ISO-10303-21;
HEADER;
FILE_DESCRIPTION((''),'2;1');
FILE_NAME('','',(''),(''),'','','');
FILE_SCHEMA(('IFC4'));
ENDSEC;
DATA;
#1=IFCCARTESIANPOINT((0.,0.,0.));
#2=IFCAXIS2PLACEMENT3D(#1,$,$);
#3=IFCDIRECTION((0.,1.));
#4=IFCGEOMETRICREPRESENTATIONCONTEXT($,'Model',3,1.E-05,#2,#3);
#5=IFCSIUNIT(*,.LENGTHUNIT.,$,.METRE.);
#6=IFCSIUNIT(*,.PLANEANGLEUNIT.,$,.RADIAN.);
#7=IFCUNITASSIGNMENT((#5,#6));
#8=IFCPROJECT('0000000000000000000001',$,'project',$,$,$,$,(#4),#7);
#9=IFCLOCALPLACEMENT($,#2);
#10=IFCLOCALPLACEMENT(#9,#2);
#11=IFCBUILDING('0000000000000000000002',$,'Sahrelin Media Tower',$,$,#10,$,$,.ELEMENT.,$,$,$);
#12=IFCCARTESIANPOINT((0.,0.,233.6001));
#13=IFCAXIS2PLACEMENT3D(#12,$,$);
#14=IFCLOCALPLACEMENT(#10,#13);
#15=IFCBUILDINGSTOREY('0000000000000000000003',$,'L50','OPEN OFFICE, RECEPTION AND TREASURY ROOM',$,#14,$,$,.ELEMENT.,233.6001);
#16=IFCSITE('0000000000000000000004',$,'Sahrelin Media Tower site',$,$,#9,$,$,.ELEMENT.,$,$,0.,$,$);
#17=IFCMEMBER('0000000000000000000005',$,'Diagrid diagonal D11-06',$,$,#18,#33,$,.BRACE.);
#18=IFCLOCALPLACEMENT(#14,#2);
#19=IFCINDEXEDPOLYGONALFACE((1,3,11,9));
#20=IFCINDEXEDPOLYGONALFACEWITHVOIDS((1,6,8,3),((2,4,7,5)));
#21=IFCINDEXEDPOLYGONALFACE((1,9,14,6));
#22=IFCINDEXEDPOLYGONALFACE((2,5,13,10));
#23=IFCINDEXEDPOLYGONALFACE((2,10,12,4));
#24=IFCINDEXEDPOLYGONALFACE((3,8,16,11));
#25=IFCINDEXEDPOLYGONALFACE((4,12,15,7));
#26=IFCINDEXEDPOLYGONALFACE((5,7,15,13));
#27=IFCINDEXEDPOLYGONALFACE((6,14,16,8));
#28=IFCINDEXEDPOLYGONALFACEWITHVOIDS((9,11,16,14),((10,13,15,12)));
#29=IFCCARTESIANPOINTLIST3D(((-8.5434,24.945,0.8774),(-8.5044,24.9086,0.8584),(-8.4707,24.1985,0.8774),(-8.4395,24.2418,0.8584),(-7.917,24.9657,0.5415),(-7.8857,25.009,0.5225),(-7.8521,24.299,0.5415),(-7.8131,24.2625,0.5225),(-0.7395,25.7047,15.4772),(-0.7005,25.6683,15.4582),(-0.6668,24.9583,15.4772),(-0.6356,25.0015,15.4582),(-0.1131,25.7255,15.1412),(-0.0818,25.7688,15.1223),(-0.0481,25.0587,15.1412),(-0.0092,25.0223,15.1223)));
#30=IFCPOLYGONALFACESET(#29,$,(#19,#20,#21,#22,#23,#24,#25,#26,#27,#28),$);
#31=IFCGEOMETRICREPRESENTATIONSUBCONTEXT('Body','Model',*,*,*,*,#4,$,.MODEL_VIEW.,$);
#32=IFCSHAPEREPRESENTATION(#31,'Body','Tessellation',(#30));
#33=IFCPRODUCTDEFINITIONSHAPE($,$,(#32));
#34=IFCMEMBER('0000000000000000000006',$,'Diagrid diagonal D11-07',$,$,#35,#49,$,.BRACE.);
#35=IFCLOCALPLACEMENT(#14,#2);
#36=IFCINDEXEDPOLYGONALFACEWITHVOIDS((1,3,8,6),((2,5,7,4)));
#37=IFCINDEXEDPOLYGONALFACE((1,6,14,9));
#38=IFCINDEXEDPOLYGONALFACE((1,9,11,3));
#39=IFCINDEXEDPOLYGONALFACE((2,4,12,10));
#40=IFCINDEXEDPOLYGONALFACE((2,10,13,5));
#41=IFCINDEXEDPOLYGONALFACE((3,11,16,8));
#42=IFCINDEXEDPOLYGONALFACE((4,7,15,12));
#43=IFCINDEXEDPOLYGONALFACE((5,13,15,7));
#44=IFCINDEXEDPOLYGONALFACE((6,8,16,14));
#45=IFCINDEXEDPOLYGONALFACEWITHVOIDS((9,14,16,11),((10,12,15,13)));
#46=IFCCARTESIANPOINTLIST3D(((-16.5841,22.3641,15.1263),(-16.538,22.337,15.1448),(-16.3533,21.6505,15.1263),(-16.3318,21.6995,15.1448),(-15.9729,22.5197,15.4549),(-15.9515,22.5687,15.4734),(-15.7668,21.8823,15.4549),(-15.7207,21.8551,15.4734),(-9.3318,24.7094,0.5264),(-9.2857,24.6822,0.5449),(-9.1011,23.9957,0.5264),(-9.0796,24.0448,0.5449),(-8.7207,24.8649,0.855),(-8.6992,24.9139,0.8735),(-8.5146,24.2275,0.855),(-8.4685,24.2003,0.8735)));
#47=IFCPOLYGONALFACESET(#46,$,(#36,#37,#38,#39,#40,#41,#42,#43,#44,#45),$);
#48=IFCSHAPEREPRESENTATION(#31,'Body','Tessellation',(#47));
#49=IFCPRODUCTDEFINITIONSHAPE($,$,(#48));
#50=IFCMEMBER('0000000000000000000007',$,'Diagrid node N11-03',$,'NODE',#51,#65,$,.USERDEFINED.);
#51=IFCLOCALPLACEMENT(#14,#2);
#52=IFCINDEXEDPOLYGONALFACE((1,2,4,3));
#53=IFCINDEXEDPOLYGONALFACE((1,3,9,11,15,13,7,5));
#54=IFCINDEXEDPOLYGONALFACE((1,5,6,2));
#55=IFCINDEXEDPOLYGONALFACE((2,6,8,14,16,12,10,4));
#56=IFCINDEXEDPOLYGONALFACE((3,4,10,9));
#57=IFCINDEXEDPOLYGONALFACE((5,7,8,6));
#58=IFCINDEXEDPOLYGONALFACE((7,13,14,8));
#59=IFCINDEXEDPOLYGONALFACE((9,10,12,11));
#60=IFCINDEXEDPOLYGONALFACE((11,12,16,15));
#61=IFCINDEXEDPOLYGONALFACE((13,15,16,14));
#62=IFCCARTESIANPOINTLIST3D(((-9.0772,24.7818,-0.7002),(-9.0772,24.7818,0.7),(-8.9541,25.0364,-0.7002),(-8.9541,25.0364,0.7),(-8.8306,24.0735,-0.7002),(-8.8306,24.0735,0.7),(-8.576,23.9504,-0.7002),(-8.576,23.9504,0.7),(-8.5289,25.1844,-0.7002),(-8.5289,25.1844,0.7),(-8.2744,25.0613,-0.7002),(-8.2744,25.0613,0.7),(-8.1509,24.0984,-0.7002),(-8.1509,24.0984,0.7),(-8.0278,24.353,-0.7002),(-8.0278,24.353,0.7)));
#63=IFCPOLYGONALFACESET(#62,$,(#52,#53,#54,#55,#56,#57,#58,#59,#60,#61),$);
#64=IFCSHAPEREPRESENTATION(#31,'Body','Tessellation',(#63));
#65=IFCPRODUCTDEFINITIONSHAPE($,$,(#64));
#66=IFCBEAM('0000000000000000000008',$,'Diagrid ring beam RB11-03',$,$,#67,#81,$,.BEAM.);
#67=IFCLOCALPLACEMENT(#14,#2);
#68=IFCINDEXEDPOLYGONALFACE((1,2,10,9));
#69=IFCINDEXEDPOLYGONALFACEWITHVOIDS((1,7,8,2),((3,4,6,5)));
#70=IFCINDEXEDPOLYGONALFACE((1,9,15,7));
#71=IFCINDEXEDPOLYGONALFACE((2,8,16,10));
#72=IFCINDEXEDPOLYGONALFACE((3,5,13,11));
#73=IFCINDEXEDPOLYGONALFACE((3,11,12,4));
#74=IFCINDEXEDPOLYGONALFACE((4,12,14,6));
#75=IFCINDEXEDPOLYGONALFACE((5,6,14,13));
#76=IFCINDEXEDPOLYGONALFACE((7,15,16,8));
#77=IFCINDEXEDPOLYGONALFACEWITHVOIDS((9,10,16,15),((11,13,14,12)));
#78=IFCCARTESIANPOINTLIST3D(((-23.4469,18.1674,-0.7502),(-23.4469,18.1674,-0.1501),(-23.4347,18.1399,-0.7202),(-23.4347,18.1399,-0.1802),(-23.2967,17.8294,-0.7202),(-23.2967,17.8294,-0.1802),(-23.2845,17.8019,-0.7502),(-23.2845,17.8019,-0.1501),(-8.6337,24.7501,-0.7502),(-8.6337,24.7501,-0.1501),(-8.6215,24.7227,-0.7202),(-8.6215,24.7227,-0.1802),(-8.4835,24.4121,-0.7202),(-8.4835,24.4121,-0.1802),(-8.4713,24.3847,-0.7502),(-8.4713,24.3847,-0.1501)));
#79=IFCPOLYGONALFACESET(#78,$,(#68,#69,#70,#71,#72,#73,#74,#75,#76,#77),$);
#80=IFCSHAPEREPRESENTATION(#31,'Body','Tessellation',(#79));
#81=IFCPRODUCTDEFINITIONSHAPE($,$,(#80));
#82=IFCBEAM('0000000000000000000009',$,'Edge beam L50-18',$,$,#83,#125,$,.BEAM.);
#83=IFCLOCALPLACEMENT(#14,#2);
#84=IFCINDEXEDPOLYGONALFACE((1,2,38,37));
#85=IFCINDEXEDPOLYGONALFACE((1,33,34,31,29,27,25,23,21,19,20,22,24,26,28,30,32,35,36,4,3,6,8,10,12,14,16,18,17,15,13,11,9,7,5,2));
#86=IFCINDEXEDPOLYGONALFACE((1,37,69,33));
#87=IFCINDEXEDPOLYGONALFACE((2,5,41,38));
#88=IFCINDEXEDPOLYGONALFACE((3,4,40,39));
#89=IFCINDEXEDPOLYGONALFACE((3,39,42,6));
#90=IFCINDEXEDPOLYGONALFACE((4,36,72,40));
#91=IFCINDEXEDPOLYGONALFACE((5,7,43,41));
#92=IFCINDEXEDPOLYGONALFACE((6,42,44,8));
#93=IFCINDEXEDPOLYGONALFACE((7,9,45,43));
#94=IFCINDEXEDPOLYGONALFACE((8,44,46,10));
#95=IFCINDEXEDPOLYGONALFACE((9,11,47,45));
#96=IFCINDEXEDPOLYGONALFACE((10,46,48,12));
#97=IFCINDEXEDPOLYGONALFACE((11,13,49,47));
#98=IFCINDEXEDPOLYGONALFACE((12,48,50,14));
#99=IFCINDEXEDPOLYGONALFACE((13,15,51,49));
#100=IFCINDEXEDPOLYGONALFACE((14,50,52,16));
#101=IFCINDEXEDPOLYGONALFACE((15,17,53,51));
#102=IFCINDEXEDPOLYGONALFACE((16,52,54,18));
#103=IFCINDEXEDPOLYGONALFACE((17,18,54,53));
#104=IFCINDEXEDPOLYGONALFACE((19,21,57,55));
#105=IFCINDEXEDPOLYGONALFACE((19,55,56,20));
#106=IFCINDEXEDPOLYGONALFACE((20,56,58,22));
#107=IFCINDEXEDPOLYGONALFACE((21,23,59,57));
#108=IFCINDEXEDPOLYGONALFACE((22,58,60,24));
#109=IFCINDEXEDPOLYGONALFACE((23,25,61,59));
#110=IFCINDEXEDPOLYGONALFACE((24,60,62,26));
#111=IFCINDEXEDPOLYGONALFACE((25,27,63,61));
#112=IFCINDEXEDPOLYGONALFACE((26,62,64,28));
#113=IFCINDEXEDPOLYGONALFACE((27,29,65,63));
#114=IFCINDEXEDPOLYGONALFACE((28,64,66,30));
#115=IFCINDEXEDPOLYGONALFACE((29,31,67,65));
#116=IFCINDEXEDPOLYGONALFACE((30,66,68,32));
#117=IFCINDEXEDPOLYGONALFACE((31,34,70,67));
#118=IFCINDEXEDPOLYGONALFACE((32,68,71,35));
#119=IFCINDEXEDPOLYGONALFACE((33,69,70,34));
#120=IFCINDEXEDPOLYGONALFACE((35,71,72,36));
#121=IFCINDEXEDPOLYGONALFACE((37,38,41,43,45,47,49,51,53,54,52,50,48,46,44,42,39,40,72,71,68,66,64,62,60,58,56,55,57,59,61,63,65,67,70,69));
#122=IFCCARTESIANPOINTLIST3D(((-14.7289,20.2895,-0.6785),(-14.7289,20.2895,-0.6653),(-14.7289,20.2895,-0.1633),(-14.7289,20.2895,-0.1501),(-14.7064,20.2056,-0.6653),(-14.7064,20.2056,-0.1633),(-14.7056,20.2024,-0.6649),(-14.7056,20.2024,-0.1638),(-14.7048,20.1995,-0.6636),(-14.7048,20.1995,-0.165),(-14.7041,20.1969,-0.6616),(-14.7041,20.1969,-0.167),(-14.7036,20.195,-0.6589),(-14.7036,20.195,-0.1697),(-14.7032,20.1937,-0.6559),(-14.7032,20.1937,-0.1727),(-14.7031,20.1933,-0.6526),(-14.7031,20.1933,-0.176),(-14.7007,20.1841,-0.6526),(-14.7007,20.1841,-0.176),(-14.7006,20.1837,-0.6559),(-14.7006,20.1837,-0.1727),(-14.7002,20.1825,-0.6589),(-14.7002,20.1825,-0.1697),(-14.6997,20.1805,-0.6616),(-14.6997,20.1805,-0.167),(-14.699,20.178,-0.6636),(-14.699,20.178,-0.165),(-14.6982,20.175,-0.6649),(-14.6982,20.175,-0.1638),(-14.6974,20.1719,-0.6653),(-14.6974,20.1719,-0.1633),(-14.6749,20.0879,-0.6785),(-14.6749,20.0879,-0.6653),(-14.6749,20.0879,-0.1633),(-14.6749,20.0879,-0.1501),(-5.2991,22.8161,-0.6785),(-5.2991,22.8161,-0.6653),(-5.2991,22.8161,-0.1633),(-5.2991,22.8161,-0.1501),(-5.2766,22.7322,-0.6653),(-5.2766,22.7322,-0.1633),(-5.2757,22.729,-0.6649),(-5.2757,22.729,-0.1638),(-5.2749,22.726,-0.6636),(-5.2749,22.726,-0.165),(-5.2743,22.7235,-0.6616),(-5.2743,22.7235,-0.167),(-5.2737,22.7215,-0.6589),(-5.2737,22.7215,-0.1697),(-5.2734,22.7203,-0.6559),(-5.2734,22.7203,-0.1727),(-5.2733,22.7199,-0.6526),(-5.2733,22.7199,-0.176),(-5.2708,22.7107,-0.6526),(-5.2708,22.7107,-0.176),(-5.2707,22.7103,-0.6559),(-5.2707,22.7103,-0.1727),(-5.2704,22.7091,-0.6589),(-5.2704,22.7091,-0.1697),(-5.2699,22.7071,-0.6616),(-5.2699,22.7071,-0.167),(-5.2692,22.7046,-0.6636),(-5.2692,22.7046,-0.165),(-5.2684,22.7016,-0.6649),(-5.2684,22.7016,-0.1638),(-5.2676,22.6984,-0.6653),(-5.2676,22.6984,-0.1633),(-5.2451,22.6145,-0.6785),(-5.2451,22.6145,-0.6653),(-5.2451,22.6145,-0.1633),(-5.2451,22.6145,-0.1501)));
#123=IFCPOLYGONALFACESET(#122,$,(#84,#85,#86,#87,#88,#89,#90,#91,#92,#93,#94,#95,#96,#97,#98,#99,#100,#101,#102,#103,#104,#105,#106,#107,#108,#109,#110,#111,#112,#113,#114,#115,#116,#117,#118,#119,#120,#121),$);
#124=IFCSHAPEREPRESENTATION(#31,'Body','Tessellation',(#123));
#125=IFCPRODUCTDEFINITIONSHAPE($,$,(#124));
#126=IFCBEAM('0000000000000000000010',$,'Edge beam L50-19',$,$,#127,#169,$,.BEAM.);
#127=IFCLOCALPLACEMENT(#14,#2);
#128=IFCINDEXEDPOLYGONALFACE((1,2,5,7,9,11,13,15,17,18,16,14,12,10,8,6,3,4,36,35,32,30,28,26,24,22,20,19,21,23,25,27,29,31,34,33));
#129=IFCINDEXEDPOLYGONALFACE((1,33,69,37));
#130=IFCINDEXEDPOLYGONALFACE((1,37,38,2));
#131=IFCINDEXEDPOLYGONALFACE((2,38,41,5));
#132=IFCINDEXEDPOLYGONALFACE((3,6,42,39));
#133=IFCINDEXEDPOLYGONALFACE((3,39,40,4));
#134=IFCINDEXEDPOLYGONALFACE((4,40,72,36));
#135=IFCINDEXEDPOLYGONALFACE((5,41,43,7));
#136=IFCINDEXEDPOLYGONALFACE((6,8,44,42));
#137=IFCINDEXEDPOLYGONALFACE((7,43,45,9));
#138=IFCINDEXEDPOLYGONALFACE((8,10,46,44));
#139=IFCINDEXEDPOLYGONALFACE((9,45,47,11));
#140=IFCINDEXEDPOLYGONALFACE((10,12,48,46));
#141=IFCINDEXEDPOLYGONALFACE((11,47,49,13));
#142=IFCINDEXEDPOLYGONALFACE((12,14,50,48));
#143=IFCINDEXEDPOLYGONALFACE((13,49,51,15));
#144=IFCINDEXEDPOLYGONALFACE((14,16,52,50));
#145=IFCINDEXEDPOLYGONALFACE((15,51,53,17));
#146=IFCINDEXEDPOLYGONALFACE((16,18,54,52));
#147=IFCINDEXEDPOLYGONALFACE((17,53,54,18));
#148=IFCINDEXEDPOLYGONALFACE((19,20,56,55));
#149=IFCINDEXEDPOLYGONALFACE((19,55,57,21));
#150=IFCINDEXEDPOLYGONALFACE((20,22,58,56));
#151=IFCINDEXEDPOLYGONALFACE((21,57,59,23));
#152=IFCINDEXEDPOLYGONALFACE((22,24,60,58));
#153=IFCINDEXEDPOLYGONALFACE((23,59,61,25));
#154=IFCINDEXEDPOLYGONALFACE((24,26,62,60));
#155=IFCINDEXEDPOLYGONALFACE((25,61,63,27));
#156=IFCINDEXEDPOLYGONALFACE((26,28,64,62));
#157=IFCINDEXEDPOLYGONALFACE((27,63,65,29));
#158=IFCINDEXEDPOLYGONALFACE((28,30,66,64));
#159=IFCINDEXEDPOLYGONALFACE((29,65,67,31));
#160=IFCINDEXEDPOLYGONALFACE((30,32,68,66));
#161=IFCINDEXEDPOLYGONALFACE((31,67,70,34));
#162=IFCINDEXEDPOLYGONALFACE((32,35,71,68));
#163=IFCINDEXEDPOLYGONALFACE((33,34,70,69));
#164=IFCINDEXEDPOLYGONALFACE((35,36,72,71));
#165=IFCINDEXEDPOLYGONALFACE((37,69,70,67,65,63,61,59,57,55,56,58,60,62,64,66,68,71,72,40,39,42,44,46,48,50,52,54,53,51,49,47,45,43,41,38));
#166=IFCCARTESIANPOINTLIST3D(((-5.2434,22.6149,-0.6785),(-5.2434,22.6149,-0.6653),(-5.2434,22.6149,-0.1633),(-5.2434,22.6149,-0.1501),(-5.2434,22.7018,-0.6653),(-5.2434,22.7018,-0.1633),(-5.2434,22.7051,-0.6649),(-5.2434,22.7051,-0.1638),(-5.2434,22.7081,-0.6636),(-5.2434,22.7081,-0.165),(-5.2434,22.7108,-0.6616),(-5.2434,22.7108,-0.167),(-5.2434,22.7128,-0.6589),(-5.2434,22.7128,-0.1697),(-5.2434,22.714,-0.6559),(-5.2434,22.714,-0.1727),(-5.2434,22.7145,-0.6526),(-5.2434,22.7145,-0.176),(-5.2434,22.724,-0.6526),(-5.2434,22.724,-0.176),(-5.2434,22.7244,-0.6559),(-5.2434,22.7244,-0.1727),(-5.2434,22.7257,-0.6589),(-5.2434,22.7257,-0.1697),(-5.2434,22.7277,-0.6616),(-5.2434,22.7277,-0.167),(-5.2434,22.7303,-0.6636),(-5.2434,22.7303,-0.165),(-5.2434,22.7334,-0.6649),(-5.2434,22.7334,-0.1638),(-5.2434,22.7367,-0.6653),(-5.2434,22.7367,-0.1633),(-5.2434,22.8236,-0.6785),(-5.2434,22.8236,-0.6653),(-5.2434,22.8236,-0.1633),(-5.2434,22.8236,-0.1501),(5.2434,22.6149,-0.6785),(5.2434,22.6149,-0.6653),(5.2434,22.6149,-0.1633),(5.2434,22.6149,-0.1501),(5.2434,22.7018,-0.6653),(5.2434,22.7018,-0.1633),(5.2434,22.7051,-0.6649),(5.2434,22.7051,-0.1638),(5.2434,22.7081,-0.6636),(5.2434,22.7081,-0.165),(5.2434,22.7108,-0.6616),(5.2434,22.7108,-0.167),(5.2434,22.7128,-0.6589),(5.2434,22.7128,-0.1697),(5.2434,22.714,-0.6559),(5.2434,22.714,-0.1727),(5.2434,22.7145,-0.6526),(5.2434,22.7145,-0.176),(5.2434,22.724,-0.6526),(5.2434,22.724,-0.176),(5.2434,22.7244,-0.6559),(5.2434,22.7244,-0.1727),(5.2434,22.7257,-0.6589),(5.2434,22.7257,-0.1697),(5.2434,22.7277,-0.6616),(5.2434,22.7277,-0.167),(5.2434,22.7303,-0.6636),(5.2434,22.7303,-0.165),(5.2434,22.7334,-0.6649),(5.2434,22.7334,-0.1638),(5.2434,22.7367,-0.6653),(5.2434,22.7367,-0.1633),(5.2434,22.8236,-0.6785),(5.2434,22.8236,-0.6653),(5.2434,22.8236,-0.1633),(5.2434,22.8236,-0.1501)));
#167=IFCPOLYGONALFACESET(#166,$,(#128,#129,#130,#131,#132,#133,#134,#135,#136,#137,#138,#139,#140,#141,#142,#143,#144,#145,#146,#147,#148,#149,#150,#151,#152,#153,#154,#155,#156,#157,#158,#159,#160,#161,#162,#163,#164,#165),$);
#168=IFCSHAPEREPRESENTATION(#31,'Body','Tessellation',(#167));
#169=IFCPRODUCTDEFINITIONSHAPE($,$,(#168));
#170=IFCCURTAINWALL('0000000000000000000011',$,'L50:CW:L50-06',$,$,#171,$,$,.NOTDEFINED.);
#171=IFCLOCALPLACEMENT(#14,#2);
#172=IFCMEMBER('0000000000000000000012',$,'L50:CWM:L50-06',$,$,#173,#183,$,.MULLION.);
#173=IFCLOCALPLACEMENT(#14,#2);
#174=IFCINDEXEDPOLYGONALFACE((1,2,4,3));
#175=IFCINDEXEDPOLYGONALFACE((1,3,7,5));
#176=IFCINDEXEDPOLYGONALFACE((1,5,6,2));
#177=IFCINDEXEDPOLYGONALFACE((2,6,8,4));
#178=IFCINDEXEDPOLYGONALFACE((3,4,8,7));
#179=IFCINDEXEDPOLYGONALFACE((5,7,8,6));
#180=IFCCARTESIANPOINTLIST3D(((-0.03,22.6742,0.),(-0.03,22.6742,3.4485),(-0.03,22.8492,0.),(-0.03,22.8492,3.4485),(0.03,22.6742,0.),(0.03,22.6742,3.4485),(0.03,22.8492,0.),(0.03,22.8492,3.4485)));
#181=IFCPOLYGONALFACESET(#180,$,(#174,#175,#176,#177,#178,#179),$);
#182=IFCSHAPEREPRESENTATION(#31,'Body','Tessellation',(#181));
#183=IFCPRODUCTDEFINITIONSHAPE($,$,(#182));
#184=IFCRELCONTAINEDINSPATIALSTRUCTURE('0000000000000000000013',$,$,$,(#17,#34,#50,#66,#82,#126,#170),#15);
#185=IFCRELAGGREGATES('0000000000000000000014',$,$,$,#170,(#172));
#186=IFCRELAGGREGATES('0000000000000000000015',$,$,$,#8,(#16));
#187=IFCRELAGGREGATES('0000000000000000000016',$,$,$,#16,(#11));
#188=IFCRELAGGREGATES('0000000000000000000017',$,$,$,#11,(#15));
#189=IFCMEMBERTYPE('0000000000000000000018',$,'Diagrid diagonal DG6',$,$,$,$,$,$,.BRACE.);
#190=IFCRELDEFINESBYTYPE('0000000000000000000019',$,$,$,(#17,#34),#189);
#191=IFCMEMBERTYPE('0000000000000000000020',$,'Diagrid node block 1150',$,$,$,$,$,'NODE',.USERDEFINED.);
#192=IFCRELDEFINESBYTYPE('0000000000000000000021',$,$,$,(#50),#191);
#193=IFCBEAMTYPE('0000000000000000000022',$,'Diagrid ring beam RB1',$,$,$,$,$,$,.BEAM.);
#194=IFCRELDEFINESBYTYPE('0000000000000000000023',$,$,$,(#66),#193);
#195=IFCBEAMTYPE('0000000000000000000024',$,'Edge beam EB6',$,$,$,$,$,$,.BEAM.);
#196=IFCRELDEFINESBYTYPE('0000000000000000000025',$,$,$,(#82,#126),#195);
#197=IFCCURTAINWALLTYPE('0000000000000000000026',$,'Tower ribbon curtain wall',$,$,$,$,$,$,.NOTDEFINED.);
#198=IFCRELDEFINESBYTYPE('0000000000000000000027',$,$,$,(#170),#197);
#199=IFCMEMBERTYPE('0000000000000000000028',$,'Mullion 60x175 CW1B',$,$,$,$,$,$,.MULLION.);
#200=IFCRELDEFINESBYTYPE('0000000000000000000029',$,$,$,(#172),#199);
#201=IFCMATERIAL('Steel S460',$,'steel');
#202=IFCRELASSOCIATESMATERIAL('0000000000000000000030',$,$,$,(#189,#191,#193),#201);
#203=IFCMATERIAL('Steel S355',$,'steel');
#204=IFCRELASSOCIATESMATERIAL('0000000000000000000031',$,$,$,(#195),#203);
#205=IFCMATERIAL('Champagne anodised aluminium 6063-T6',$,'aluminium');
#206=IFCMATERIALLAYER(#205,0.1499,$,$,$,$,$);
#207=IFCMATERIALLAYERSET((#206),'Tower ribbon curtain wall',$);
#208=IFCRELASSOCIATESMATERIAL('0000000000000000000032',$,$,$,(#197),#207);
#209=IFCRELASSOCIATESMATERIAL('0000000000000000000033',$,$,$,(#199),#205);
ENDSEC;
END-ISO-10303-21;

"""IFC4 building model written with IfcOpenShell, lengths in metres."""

from ifc_helpers import new_model, si_unit, direction, frame, origin, origin_2d, place, context, subcontext, project, spatial, polyline, rectangle, hollow_rectangle, i_section, outline, extrude, material, layer, layer_set, material_profile, profile_set, type_object, element, aggregate, save


model = new_model("IFC4")

# Units and contexts
model_context = context("Model", 3, precision=1e-05, world=origin(), true_north=direction((0.0, 1.0)))
body_context = subcontext(model_context, "Body", "Model", "MODEL_VIEW")
ifc_project = project(units=[si_unit("LENGTHUNIT", "METRE"), si_unit("PLANEANGLEUNIT", "RADIAN")], contexts=[model_context])

# Site, building, storey
site_placement = place(None, origin())
site = spatial("IfcSite", under=ifc_project, at=site_placement, Name="Sahrelin Media Tower site", CompositionType="ELEMENT", RefElevation=0.0)
building_placement = place(site_placement, origin())
building = spatial("IfcBuilding", under=site, at=building_placement, Name="Sahrelin Media Tower", CompositionType="ELEMENT")
storey_placement = place(building_placement, frame((0.0, 0.0, 233.6001)))
storey = spatial("IfcBuildingStorey", under=building, at=storey_placement, Name="L50", Description="OPEN OFFICE, RECEPTION AND TREASURY ROOM", CompositionType="ELEMENT", Elevation=233.6001)

# Members
ifc_material_1 = material(Name="Steel S460", Category="steel")
ifc_material_profile_1 = material_profile(ifc_material_1, hollow_rectangle(XDim=0.75, YDim=0.75, WallThickness=0.04, at=origin_2d()), Name="Diagrid diagonal DG6")
ifc_profile_set_1 = profile_set([ifc_material_profile_1], Name="Steel S460")
member_type_1 = type_object("IfcMemberType", Name="Diagrid diagonal DG6", PredefinedType="BRACE", material=ifc_profile_set_1)
member_1_placement = place(storey_placement, frame((-8.1782, 24.6038, 0.7), z_axis=(0.470909, 0.045846, 0.88099), x_axis=(-0.096898, 0.995294, 0.0)))
element("IfcMember", 1, at=member_1_placement, inside=storey, type_object=member_type_1, Name="Diagrid diagonal D11-06", PredefinedType="BRACE", context=body_context, shape_type="SweptSolid", body=[
    extrude(hollow_rectangle(XDim=0.75, YDim=0.75, WallThickness=0.04, at=origin_2d()), origin(), (0.0, 0.0, 1.0), 16.572),
])
member_2_placement = place(storey_placement, frame((-8.9001, 24.4548, 0.7), z_axis=(-0.440336, -0.142396, 0.886469), x_axis=(0.307692, -0.951486, 0.0)))
element("IfcMember", 2, at=member_2_placement, inside=storey, type_object=member_type_1, Name="Diagrid diagonal D11-07", PredefinedType="BRACE", context=body_context, shape_type="SweptSolid", body=[
    extrude(hollow_rectangle(XDim=0.75, YDim=0.75, WallThickness=0.04, at=origin_2d()), origin(), (0.0, 0.0, 1.0), 16.4697),
])
ifc_material_profile_2 = material_profile(ifc_material_1, outline(polyline([(0.375, -0.425), (0.575, -0.2251), (0.575, 0.2251), (0.375, 0.425), (-0.375, 0.425), (-0.575, 0.2251), (-0.575, -0.2251), (-0.375, -0.425), (0.375, -0.425)])), Name="Diagrid node block 1150")
ifc_profile_set_2 = profile_set([ifc_material_profile_2], Name="Steel S460")
member_type_2 = type_object("IfcMemberType", Name="Diagrid node block 1150", ElementType="NODE", PredefinedType="USERDEFINED", material=ifc_profile_set_2)
member_3_placement = place(storey_placement, frame((-8.5525, 24.5674, -0.7002), z_axis=(0.0, 0.0, 1.0), x_axis=(-0.328769, 0.94441, 0.0)))
element("IfcMember", 3, at=member_3_placement, inside=storey, type_object=member_type_2, Name="Diagrid node N11-03", ObjectType="NODE", PredefinedType="USERDEFINED", context=body_context, shape_type="SweptSolid", body=[
    extrude(outline(polyline([(0.375, -0.425), (0.575, -0.2251), (0.575, 0.2251), (0.375, 0.425), (-0.375, 0.425), (-0.575, 0.2251), (-0.575, -0.2251), (-0.375, -0.425), (0.375, -0.425)])), origin(), (0.0, 0.0, 1.0), 1.4001),
])

# Beams
ifc_material_profile_3 = material_profile(ifc_material_1, hollow_rectangle(XDim=0.3999, YDim=0.6001, WallThickness=0.03, at=origin_2d()), Name="Diagrid ring beam RB1")
ifc_profile_set_3 = profile_set([ifc_material_profile_3], Name="Steel S460")
beam_type_1 = type_object("IfcBeamType", Name="Diagrid ring beam RB1", PredefinedType="BEAM", material=ifc_profile_set_3)
beam_1_placement = place(storey_placement, frame((-8.5525, 24.5674, -0.4502), z_axis=(-0.913832, -0.406092, 0.0), x_axis=(0.406092, -0.913832, 0.0)))
element("IfcBeam", 4, at=beam_1_placement, inside=storey, type_object=beam_type_1, Name="Diagrid ring beam RB11-03", PredefinedType="BEAM", context=body_context, shape_type="SweptSolid", body=[
    extrude(hollow_rectangle(XDim=0.3999, YDim=0.6001, WallThickness=0.03, at=origin_2d()), origin(), (0.0, 0.0, 1.0), 16.21),
])
ifc_material_2 = material(Name="Steel S355", Category="steel")
ifc_material_profile_4 = material_profile(ifc_material_2, i_section(OverallWidth=0.2087, OverallDepth=0.5283, WebThickness=0.0095, FlangeThickness=0.0132, FilletRadius=0.0127, at=origin_2d()), Name="UB 533x210x82")
ifc_profile_set_4 = profile_set([ifc_material_profile_4], Name="Steel S355")
beam_type_2 = type_object("IfcBeamType", Name="Edge beam EB6", PredefinedType="BEAM", material=ifc_profile_set_4)
beam_2_placement = place(storey_placement, frame((-14.7019, 20.1887, -0.4143), z_axis=(0.965929, 0.258807, 0.0), x_axis=(-0.258807, 0.965929, 0.0)))
element("IfcBeam", 5, at=beam_2_placement, inside=storey, type_object=beam_type_2, Name="Edge beam L50-18", PredefinedType="BEAM", context=body_context, shape_type="SweptSolid", body=[
    extrude(i_section(OverallWidth=0.2087, OverallDepth=0.5283, WebThickness=0.0095, FlangeThickness=0.0132, FilletRadius=0.0127, at=origin_2d()), origin(), (0.0, 0.0, 1.0), 9.7625),
])
beam_3_placement = place(storey_placement, frame((-5.2434, 22.7192, -0.4143), z_axis=(1.0, 0.0, 0.0), x_axis=(0.0, 1.0, 0.0)))
element("IfcBeam", 6, at=beam_3_placement, inside=storey, type_object=beam_type_2, Name="Edge beam L50-19", PredefinedType="BEAM", context=body_context, shape_type="SweptSolid", body=[
    extrude(i_section(OverallWidth=0.2087, OverallDepth=0.5283, WebThickness=0.0095, FlangeThickness=0.0132, FilletRadius=0.0127, at=origin_2d()), origin(), (0.0, 0.0, 1.0), 10.4868),
])

# Curtain wall, member
ifc_material_3 = material(Name="Champagne anodised aluminium 6063-T6", Category="aluminium")
ifc_layer_1 = layer(ifc_material_3, 0.1499)
ifc_layer_set_1 = layer_set([ifc_layer_1], Name="Tower ribbon curtain wall")
curtain_wall_type = type_object("IfcCurtainWallType", Name="Tower ribbon curtain wall", PredefinedType="NOTDEFINED", material=ifc_layer_set_1)
curtain_wall_1_placement = place(storey_placement, frame((0.0, 22.8691, 0.0), z_axis=(0.0, 0.0, 1.0), x_axis=(1.0, 0.0, 0.0)))
curtain_wall_1 = element("IfcCurtainWall", 7, at=curtain_wall_1_placement, inside=storey, type_object=curtain_wall_type, Name="L50:CW:L50-06", PredefinedType="NOTDEFINED")
ifc_material_profile_5 = material_profile(ifc_material_3, rectangle(XDim=0.0601, YDim=0.175, at=origin_2d()), Name="Mullion 60x175")
ifc_profile_set_5 = profile_set([ifc_material_profile_5], Name="Champagne anodised aluminium 6063-T6")
member_type_3 = type_object("IfcMemberType", Name="Mullion 60x175 CW1B", PredefinedType="MULLION", material=ifc_profile_set_5)
member_4_placement = place(storey_placement, frame((0.0, 22.7617, 0.0), z_axis=(0.0, 0.0, 1.0), x_axis=(-1.0, 0.0, 0.0)))
member_4 = element("IfcMember", 8, at=member_4_placement, type_object=member_type_3, Name="L50:CWM:L50-06", PredefinedType="MULLION", context=body_context, shape_type="SweptSolid", body=[
    extrude(rectangle(XDim=0.0601, YDim=0.175, at=origin_2d()), origin(), (0.0, 0.0, 1.0), 3.4485),
])
aggregate(curtain_wall_1, [member_4])

save(model, "model.ifc")
